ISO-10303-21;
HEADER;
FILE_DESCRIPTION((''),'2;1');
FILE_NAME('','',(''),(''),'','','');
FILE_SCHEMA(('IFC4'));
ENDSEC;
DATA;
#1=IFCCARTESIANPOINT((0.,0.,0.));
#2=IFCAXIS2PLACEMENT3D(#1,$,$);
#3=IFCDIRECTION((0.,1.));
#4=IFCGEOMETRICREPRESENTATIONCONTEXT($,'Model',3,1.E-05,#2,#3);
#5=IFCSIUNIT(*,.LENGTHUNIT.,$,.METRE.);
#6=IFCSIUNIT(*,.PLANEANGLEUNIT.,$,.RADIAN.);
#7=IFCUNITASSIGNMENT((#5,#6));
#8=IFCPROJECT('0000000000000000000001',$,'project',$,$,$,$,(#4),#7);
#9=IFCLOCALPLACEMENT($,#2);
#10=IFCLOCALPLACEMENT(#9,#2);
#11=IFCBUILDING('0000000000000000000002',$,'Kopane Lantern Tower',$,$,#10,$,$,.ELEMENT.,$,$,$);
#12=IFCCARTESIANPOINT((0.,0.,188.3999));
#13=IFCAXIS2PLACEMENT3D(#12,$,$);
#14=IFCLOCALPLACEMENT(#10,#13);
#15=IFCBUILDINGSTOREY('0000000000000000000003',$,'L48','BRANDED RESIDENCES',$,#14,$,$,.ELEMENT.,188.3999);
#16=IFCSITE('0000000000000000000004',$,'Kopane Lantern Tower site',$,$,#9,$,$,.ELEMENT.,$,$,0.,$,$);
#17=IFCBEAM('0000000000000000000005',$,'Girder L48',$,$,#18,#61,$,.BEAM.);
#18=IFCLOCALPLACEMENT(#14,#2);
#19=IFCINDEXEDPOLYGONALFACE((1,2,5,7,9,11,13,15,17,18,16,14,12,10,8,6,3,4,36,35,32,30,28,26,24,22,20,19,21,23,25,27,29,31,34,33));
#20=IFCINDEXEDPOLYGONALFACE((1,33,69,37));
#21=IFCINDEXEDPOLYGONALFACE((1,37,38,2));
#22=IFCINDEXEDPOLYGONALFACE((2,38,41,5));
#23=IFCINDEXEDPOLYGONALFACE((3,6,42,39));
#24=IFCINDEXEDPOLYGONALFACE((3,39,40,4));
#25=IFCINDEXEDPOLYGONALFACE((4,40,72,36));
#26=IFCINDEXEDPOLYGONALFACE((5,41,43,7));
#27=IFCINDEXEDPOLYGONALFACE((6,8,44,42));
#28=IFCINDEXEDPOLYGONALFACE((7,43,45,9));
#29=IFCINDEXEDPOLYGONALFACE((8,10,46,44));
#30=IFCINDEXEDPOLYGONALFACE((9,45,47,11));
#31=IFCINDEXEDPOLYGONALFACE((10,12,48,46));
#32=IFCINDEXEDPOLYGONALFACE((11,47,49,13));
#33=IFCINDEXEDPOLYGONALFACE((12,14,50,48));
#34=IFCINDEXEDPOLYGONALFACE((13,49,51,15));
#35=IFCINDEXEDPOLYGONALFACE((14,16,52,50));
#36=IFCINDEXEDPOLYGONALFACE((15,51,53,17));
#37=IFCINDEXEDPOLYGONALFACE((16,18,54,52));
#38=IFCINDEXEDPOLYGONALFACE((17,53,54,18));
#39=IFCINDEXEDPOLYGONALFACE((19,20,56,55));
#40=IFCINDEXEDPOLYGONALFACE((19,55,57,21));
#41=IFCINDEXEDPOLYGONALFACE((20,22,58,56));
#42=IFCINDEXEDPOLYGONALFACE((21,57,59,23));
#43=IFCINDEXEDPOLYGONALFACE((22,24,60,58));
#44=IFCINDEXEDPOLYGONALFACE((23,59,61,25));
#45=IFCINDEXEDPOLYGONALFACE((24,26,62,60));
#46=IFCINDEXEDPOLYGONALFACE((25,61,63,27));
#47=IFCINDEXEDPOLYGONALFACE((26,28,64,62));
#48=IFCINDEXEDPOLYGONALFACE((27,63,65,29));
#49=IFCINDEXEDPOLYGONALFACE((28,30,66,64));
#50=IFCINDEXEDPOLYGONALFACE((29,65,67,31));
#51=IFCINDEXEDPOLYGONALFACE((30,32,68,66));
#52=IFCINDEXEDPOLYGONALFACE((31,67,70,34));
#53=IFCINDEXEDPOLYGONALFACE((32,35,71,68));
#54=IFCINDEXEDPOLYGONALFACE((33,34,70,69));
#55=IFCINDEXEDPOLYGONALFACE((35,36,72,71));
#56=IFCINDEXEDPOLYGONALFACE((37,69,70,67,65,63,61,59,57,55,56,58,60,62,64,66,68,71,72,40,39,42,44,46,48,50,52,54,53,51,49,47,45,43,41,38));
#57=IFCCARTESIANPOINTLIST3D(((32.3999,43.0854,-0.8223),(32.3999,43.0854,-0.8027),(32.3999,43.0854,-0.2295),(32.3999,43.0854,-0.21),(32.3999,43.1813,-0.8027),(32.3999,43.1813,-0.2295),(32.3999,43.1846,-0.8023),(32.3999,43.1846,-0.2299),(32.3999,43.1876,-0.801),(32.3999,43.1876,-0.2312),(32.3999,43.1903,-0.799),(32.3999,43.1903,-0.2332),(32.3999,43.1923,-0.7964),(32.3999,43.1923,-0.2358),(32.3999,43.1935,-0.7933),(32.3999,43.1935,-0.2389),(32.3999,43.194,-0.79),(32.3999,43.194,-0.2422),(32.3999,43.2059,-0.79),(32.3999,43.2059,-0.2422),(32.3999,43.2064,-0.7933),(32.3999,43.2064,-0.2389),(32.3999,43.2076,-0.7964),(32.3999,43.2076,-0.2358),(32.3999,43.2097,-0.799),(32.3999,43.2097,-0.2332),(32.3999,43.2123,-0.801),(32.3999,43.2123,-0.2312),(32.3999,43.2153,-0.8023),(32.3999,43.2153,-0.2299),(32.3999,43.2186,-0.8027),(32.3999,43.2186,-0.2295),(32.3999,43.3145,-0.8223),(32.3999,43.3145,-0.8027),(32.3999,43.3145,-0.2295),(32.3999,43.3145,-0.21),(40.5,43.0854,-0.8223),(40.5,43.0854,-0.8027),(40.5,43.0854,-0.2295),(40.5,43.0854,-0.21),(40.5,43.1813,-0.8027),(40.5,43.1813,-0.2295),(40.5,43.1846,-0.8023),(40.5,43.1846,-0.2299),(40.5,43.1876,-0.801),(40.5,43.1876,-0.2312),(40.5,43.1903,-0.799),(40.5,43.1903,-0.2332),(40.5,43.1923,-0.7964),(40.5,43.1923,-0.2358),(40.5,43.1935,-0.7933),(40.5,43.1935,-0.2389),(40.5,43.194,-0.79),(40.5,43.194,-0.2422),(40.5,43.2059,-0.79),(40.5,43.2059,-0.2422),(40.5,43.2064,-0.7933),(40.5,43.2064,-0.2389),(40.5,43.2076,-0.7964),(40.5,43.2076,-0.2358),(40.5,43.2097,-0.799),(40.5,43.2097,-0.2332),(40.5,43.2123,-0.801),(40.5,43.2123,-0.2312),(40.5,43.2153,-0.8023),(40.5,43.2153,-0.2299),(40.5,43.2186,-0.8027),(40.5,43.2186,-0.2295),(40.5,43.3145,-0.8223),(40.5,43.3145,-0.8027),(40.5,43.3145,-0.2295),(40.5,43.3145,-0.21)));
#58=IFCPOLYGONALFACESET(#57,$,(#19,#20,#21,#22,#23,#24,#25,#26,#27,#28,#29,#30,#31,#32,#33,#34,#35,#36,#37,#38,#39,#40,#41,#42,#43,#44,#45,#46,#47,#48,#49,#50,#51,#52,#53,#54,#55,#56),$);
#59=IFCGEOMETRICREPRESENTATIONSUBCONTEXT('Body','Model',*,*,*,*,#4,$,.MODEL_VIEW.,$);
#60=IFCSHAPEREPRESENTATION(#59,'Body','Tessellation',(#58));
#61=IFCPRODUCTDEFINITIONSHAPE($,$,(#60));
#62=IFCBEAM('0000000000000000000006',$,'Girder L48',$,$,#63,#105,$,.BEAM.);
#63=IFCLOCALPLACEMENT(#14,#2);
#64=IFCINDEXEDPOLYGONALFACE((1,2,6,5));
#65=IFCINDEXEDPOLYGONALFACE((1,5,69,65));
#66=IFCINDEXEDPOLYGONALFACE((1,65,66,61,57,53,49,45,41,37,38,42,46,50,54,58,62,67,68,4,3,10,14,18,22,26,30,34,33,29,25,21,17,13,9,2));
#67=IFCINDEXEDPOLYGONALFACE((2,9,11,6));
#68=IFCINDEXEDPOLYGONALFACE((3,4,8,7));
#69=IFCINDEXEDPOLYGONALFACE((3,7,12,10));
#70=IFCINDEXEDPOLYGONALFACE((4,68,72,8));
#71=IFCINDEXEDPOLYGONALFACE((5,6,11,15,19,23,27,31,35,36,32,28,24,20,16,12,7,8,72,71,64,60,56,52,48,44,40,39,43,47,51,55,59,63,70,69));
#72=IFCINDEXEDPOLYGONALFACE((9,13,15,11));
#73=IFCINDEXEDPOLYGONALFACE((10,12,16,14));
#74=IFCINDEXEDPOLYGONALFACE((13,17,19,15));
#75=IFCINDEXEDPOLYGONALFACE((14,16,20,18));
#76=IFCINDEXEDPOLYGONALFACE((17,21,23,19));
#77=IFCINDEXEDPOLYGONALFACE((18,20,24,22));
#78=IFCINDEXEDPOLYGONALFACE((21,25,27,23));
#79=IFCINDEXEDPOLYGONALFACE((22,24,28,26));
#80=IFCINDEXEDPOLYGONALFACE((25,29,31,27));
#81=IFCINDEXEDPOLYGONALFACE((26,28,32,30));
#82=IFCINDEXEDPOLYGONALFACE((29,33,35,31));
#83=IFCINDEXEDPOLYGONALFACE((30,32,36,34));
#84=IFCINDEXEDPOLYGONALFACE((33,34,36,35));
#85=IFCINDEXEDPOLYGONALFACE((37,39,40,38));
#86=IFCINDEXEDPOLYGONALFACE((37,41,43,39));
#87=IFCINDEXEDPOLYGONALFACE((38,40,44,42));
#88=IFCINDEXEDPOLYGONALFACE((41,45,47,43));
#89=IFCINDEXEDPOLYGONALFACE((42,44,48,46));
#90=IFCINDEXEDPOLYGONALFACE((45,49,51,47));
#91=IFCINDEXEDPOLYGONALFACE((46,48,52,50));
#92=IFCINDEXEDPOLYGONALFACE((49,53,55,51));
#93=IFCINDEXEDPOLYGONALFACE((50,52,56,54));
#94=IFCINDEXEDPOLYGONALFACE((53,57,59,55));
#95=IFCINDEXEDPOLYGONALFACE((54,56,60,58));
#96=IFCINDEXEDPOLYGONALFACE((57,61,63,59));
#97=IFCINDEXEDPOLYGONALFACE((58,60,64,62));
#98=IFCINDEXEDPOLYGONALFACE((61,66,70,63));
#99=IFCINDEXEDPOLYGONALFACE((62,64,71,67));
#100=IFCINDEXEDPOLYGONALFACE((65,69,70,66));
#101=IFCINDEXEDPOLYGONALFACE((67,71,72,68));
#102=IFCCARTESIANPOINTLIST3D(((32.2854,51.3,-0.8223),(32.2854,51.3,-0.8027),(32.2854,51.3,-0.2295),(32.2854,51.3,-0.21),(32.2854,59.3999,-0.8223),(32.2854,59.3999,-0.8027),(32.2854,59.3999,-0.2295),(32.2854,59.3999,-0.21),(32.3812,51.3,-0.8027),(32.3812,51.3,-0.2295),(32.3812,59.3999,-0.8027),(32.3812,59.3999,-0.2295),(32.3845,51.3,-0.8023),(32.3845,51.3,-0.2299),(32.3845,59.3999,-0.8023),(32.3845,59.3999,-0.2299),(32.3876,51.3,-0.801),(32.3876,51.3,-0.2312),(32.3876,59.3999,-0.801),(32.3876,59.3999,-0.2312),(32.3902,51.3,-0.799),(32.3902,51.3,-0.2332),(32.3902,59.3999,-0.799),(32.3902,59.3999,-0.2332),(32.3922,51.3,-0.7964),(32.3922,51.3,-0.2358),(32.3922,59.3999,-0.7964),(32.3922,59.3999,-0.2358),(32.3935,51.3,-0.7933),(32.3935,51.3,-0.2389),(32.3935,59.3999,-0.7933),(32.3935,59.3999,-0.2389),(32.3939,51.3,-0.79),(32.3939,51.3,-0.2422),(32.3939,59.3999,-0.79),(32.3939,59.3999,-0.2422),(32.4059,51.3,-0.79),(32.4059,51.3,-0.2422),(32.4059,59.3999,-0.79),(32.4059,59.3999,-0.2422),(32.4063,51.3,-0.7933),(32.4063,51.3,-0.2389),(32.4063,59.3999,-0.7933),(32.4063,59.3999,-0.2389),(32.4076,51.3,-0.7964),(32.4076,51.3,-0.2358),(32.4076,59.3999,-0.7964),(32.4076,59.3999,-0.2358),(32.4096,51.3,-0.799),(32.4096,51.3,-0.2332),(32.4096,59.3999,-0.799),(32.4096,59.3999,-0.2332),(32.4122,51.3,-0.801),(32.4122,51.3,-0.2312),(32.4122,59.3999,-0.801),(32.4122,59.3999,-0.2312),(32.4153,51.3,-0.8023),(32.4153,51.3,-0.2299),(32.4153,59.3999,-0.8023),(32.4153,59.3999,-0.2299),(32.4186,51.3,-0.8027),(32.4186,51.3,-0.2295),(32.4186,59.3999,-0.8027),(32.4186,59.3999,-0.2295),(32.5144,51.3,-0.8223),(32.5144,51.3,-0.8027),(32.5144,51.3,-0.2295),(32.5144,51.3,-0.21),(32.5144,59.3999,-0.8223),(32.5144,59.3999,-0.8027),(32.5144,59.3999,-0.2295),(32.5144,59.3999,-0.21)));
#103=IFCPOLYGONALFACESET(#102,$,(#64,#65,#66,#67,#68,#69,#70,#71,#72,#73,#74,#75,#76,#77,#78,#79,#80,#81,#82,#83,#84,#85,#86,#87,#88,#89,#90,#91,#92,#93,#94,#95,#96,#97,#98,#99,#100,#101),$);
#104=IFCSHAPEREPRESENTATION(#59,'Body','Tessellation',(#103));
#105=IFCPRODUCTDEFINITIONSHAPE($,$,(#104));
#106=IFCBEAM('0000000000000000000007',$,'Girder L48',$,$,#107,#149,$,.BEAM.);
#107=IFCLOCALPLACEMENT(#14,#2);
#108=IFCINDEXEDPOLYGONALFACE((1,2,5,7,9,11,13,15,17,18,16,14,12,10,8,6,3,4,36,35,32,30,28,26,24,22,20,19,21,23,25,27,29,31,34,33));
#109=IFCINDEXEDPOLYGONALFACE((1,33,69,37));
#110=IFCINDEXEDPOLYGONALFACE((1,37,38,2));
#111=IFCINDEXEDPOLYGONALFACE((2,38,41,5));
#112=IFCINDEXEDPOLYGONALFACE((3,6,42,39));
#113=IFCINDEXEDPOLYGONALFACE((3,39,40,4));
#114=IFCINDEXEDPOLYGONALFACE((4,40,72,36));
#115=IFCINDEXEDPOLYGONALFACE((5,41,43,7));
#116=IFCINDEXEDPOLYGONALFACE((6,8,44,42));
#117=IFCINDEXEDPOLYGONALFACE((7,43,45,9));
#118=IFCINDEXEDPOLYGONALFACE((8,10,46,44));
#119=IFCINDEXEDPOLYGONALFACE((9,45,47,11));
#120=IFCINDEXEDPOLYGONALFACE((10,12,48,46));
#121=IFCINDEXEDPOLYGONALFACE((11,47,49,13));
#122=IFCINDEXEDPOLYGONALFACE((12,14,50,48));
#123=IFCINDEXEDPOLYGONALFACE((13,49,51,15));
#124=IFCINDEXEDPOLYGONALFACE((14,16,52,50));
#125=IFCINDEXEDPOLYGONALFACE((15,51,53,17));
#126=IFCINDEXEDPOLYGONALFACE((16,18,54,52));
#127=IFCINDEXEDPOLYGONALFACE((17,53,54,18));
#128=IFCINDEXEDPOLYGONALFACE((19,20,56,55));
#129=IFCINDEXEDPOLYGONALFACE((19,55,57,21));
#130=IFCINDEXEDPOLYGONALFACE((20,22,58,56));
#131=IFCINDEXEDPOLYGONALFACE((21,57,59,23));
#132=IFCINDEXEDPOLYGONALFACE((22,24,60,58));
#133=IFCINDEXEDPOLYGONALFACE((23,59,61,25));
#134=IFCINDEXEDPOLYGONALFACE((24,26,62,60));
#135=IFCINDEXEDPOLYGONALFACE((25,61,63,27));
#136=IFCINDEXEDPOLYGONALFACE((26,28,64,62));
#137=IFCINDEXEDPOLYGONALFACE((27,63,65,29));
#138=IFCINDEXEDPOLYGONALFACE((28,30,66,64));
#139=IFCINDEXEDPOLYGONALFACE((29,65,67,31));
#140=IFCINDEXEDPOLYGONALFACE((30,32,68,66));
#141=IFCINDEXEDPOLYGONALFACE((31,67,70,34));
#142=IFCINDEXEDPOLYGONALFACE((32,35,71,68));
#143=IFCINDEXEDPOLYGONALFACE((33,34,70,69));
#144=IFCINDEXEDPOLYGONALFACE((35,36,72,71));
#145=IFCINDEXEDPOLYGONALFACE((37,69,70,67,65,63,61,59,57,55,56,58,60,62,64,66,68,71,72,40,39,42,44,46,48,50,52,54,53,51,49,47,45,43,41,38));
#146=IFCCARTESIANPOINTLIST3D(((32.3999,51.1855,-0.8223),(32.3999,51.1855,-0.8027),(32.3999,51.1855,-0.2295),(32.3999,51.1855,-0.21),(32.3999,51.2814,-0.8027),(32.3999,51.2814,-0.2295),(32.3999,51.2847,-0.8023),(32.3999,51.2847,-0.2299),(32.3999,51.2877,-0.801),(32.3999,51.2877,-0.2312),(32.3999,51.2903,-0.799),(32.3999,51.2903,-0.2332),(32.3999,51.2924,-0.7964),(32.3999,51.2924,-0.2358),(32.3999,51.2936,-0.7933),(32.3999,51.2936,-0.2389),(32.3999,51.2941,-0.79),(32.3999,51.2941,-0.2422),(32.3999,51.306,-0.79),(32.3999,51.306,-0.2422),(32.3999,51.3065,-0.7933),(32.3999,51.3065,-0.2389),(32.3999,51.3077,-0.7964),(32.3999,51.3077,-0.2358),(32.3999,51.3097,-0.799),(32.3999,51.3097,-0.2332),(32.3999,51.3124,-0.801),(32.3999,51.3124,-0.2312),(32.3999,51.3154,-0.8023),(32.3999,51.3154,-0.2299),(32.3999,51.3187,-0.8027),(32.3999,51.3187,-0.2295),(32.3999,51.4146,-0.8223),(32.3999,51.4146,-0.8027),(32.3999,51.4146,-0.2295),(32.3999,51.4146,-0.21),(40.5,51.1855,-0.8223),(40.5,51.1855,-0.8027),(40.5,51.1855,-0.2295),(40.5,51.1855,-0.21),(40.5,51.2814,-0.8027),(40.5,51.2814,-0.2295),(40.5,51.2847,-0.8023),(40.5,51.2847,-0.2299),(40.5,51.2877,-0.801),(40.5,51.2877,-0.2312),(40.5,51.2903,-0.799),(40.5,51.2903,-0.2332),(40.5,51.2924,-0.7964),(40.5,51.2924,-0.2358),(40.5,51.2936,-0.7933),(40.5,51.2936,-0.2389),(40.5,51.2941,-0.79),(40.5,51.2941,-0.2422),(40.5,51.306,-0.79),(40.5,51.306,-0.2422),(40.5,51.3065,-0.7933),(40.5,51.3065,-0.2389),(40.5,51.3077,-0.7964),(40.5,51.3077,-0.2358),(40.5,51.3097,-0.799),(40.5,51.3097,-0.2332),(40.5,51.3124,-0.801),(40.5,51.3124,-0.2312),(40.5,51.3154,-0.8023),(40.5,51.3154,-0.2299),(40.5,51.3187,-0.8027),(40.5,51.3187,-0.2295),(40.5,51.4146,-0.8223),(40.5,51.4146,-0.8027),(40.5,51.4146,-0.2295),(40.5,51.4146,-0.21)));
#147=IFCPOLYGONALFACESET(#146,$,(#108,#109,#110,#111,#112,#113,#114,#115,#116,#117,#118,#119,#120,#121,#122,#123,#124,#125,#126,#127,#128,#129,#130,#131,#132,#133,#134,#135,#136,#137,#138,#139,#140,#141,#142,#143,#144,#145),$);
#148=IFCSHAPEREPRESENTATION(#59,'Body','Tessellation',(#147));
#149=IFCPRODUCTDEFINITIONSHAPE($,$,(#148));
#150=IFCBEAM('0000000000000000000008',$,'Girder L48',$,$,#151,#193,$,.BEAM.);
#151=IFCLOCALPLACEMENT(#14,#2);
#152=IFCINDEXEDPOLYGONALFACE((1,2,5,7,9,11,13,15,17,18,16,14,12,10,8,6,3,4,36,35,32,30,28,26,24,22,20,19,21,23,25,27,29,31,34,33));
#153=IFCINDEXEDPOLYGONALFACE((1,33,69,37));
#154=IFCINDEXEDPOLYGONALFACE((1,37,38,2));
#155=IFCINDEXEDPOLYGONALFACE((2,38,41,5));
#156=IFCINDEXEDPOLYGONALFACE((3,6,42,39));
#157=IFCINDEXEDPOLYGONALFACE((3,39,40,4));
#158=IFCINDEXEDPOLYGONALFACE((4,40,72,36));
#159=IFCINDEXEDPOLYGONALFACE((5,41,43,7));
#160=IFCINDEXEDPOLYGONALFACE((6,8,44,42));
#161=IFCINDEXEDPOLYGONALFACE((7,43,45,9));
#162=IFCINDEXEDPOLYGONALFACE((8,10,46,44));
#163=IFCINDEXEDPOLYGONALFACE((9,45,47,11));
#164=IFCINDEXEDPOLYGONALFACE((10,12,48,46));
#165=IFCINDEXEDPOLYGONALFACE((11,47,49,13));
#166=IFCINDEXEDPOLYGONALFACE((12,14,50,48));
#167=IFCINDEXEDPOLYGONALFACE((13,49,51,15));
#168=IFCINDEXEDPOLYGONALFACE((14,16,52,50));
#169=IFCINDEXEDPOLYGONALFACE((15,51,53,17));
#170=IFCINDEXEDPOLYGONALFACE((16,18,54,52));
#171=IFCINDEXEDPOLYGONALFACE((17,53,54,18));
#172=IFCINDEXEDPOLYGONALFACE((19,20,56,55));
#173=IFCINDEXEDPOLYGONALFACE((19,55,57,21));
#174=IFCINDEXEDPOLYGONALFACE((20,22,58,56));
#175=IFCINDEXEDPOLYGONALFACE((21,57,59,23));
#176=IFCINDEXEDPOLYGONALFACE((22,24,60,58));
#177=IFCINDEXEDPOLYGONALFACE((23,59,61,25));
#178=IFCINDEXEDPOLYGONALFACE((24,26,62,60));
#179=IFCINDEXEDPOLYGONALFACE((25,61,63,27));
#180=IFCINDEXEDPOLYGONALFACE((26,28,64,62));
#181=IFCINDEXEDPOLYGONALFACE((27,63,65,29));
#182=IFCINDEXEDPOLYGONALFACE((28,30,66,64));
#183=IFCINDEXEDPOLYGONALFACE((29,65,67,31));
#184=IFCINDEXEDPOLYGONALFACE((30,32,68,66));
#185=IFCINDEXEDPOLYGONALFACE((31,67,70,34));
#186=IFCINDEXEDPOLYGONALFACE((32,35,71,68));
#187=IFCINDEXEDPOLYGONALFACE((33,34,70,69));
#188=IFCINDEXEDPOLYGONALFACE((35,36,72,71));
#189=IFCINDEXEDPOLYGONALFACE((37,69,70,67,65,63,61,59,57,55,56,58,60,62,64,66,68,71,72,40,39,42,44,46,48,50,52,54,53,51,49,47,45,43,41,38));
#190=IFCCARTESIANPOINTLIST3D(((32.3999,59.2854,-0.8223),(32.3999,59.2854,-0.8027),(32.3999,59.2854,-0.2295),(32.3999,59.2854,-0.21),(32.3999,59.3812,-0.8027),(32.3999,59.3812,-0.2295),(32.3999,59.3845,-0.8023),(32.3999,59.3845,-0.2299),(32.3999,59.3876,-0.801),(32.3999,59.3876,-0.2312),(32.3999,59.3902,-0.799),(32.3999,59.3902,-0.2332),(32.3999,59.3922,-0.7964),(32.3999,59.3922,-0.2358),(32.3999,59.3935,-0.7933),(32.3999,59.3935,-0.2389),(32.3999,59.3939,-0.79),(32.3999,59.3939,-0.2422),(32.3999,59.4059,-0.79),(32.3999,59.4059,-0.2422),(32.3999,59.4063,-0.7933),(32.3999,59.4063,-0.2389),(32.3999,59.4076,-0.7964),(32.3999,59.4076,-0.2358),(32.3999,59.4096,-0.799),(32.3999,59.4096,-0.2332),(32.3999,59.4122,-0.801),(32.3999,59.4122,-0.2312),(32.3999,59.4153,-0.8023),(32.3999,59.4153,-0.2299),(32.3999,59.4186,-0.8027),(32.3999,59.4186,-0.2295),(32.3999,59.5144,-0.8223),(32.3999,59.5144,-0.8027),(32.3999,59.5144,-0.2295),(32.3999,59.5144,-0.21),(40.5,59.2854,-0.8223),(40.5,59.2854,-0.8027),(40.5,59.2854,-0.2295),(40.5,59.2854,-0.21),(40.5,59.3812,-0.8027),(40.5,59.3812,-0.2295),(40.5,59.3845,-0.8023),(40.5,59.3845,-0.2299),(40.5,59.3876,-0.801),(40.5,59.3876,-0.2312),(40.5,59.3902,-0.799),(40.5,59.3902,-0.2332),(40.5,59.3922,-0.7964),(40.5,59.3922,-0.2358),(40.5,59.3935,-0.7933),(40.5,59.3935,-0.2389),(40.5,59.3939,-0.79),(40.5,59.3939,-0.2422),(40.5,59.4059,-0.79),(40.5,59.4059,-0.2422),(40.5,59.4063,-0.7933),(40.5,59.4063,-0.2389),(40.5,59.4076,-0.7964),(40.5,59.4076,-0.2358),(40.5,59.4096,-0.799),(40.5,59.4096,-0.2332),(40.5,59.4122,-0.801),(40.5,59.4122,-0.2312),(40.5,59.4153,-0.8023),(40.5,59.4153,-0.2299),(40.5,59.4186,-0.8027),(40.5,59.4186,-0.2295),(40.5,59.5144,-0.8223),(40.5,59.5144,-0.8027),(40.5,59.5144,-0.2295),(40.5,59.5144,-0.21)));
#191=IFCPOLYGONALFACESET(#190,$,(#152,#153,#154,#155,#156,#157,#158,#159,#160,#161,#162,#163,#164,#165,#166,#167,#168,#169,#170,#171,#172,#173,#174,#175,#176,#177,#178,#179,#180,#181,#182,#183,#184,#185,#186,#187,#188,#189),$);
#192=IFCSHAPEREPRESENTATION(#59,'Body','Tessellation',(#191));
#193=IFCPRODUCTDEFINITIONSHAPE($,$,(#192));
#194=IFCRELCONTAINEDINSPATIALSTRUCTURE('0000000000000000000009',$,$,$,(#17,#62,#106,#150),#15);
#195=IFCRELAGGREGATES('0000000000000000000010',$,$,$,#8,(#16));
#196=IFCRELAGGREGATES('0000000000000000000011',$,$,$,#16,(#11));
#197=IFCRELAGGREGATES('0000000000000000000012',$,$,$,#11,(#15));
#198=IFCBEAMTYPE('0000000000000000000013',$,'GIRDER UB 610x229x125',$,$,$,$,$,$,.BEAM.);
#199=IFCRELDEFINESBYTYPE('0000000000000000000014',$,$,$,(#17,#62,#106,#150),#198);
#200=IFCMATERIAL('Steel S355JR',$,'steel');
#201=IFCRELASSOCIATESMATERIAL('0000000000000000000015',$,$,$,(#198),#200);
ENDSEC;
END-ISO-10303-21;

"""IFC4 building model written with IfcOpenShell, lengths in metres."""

from ifc_helpers import new_model, si_unit, direction, frame, origin, origin_2d, place, context, subcontext, project, spatial, i_section, extrude, material, material_profile, profile_set, type_object, element, save


model = new_model("IFC4")

# Units and contexts
model_context = context("Model", 3, precision=1e-05, world=origin(), true_north=direction((0.0, 1.0)))
body_context = subcontext(model_context, "Body", "Model", "MODEL_VIEW")
ifc_project = project(units=[si_unit("LENGTHUNIT", "METRE"), si_unit("PLANEANGLEUNIT", "RADIAN")], contexts=[model_context])

# Site, building, storey
site_placement = place(None, origin())
site = spatial("IfcSite", under=ifc_project, at=site_placement, Name="Kopane Lantern Tower site", CompositionType="ELEMENT", RefElevation=0.0)
building_placement = place(site_placement, origin())
building = spatial("IfcBuilding", under=site, at=building_placement, Name="Kopane Lantern Tower", CompositionType="ELEMENT")
storey_placement = place(building_placement, frame((0.0, 0.0, 188.3999)))
storey = spatial("IfcBuildingStorey", under=building, at=storey_placement, Name="L48", Description="BRANDED RESIDENCES", CompositionType="ELEMENT", Elevation=188.3999)

# Beams
ifc_material_1 = material(Name="Steel S355JR", Category="steel")
ifc_material_profile_1 = material_profile(ifc_material_1, i_section(OverallWidth=0.229, OverallDepth=0.6123, WebThickness=0.012, FlangeThickness=0.0195, FilletRadius=0.0127, at=origin_2d()), Name="UB 610x229x125")
ifc_profile_set_1 = profile_set([ifc_material_profile_1], Name="Steel S355JR")
beam_type_1 = type_object("IfcBeamType", Name="GIRDER UB 610x229x125", PredefinedType="BEAM", material=ifc_profile_set_1)
for number, where, z_axis, x_axis, name in (
    (1, (32.3999, 43.2, -0.5161), (1.0, 0.0, 0.0), (0.0, 1.0, 0.0), "Girder L48"),
):
    element("IfcBeam", number, at=place(storey_placement, frame(where, z_axis=z_axis, x_axis=x_axis)), inside=storey, type_object=beam_type_1, Name=name, PredefinedType="BEAM", context=body_context, shape_type="SweptSolid", body=[
        extrude(i_section(OverallWidth=0.229, OverallDepth=0.6123, WebThickness=0.012, FlangeThickness=0.0195, FilletRadius=0.0127, at=origin_2d()), origin(), (0.0, 0.0, 1.0), 8.1001),
    ])
beam_1_placement = place(storey_placement, frame((32.3999, 51.3, -0.5161), z_axis=(0.0, 1.0, 0.0), x_axis=(-1.0, 0.0, 0.0)))
element("IfcBeam", 2, at=beam_1_placement, inside=storey, type_object=beam_type_1, Name="Girder L48", PredefinedType="BEAM", context=body_context, shape_type="SweptSolid", body=[
    extrude(i_section(OverallWidth=0.229, OverallDepth=0.6123, WebThickness=0.012, FlangeThickness=0.0195, FilletRadius=0.0127, at=origin_2d()), origin(), (0.0, 0.0, 1.0), 8.0999),
])
for number, where, z_axis, x_axis, name in (
    (3, (32.3999, 51.3, -0.5161), (1.0, 0.0, 0.0), (0.0, 1.0, 0.0), "Girder L48"),
    (4, (32.3999, 59.3999, -0.5161), (1.0, 0.0, 0.0), (0.0, 1.0, 0.0), "Girder L48"),
):
    element("IfcBeam", number, at=place(storey_placement, frame(where, z_axis=z_axis, x_axis=x_axis)), inside=storey, type_object=beam_type_1, Name=name, PredefinedType="BEAM", context=body_context, shape_type="SweptSolid", body=[
        extrude(i_section(OverallWidth=0.229, OverallDepth=0.6123, WebThickness=0.012, FlangeThickness=0.0195, FilletRadius=0.0127, at=origin_2d()), origin(), (0.0, 0.0, 1.0), 8.1001),
    ])

save(model, "model.ifc")
